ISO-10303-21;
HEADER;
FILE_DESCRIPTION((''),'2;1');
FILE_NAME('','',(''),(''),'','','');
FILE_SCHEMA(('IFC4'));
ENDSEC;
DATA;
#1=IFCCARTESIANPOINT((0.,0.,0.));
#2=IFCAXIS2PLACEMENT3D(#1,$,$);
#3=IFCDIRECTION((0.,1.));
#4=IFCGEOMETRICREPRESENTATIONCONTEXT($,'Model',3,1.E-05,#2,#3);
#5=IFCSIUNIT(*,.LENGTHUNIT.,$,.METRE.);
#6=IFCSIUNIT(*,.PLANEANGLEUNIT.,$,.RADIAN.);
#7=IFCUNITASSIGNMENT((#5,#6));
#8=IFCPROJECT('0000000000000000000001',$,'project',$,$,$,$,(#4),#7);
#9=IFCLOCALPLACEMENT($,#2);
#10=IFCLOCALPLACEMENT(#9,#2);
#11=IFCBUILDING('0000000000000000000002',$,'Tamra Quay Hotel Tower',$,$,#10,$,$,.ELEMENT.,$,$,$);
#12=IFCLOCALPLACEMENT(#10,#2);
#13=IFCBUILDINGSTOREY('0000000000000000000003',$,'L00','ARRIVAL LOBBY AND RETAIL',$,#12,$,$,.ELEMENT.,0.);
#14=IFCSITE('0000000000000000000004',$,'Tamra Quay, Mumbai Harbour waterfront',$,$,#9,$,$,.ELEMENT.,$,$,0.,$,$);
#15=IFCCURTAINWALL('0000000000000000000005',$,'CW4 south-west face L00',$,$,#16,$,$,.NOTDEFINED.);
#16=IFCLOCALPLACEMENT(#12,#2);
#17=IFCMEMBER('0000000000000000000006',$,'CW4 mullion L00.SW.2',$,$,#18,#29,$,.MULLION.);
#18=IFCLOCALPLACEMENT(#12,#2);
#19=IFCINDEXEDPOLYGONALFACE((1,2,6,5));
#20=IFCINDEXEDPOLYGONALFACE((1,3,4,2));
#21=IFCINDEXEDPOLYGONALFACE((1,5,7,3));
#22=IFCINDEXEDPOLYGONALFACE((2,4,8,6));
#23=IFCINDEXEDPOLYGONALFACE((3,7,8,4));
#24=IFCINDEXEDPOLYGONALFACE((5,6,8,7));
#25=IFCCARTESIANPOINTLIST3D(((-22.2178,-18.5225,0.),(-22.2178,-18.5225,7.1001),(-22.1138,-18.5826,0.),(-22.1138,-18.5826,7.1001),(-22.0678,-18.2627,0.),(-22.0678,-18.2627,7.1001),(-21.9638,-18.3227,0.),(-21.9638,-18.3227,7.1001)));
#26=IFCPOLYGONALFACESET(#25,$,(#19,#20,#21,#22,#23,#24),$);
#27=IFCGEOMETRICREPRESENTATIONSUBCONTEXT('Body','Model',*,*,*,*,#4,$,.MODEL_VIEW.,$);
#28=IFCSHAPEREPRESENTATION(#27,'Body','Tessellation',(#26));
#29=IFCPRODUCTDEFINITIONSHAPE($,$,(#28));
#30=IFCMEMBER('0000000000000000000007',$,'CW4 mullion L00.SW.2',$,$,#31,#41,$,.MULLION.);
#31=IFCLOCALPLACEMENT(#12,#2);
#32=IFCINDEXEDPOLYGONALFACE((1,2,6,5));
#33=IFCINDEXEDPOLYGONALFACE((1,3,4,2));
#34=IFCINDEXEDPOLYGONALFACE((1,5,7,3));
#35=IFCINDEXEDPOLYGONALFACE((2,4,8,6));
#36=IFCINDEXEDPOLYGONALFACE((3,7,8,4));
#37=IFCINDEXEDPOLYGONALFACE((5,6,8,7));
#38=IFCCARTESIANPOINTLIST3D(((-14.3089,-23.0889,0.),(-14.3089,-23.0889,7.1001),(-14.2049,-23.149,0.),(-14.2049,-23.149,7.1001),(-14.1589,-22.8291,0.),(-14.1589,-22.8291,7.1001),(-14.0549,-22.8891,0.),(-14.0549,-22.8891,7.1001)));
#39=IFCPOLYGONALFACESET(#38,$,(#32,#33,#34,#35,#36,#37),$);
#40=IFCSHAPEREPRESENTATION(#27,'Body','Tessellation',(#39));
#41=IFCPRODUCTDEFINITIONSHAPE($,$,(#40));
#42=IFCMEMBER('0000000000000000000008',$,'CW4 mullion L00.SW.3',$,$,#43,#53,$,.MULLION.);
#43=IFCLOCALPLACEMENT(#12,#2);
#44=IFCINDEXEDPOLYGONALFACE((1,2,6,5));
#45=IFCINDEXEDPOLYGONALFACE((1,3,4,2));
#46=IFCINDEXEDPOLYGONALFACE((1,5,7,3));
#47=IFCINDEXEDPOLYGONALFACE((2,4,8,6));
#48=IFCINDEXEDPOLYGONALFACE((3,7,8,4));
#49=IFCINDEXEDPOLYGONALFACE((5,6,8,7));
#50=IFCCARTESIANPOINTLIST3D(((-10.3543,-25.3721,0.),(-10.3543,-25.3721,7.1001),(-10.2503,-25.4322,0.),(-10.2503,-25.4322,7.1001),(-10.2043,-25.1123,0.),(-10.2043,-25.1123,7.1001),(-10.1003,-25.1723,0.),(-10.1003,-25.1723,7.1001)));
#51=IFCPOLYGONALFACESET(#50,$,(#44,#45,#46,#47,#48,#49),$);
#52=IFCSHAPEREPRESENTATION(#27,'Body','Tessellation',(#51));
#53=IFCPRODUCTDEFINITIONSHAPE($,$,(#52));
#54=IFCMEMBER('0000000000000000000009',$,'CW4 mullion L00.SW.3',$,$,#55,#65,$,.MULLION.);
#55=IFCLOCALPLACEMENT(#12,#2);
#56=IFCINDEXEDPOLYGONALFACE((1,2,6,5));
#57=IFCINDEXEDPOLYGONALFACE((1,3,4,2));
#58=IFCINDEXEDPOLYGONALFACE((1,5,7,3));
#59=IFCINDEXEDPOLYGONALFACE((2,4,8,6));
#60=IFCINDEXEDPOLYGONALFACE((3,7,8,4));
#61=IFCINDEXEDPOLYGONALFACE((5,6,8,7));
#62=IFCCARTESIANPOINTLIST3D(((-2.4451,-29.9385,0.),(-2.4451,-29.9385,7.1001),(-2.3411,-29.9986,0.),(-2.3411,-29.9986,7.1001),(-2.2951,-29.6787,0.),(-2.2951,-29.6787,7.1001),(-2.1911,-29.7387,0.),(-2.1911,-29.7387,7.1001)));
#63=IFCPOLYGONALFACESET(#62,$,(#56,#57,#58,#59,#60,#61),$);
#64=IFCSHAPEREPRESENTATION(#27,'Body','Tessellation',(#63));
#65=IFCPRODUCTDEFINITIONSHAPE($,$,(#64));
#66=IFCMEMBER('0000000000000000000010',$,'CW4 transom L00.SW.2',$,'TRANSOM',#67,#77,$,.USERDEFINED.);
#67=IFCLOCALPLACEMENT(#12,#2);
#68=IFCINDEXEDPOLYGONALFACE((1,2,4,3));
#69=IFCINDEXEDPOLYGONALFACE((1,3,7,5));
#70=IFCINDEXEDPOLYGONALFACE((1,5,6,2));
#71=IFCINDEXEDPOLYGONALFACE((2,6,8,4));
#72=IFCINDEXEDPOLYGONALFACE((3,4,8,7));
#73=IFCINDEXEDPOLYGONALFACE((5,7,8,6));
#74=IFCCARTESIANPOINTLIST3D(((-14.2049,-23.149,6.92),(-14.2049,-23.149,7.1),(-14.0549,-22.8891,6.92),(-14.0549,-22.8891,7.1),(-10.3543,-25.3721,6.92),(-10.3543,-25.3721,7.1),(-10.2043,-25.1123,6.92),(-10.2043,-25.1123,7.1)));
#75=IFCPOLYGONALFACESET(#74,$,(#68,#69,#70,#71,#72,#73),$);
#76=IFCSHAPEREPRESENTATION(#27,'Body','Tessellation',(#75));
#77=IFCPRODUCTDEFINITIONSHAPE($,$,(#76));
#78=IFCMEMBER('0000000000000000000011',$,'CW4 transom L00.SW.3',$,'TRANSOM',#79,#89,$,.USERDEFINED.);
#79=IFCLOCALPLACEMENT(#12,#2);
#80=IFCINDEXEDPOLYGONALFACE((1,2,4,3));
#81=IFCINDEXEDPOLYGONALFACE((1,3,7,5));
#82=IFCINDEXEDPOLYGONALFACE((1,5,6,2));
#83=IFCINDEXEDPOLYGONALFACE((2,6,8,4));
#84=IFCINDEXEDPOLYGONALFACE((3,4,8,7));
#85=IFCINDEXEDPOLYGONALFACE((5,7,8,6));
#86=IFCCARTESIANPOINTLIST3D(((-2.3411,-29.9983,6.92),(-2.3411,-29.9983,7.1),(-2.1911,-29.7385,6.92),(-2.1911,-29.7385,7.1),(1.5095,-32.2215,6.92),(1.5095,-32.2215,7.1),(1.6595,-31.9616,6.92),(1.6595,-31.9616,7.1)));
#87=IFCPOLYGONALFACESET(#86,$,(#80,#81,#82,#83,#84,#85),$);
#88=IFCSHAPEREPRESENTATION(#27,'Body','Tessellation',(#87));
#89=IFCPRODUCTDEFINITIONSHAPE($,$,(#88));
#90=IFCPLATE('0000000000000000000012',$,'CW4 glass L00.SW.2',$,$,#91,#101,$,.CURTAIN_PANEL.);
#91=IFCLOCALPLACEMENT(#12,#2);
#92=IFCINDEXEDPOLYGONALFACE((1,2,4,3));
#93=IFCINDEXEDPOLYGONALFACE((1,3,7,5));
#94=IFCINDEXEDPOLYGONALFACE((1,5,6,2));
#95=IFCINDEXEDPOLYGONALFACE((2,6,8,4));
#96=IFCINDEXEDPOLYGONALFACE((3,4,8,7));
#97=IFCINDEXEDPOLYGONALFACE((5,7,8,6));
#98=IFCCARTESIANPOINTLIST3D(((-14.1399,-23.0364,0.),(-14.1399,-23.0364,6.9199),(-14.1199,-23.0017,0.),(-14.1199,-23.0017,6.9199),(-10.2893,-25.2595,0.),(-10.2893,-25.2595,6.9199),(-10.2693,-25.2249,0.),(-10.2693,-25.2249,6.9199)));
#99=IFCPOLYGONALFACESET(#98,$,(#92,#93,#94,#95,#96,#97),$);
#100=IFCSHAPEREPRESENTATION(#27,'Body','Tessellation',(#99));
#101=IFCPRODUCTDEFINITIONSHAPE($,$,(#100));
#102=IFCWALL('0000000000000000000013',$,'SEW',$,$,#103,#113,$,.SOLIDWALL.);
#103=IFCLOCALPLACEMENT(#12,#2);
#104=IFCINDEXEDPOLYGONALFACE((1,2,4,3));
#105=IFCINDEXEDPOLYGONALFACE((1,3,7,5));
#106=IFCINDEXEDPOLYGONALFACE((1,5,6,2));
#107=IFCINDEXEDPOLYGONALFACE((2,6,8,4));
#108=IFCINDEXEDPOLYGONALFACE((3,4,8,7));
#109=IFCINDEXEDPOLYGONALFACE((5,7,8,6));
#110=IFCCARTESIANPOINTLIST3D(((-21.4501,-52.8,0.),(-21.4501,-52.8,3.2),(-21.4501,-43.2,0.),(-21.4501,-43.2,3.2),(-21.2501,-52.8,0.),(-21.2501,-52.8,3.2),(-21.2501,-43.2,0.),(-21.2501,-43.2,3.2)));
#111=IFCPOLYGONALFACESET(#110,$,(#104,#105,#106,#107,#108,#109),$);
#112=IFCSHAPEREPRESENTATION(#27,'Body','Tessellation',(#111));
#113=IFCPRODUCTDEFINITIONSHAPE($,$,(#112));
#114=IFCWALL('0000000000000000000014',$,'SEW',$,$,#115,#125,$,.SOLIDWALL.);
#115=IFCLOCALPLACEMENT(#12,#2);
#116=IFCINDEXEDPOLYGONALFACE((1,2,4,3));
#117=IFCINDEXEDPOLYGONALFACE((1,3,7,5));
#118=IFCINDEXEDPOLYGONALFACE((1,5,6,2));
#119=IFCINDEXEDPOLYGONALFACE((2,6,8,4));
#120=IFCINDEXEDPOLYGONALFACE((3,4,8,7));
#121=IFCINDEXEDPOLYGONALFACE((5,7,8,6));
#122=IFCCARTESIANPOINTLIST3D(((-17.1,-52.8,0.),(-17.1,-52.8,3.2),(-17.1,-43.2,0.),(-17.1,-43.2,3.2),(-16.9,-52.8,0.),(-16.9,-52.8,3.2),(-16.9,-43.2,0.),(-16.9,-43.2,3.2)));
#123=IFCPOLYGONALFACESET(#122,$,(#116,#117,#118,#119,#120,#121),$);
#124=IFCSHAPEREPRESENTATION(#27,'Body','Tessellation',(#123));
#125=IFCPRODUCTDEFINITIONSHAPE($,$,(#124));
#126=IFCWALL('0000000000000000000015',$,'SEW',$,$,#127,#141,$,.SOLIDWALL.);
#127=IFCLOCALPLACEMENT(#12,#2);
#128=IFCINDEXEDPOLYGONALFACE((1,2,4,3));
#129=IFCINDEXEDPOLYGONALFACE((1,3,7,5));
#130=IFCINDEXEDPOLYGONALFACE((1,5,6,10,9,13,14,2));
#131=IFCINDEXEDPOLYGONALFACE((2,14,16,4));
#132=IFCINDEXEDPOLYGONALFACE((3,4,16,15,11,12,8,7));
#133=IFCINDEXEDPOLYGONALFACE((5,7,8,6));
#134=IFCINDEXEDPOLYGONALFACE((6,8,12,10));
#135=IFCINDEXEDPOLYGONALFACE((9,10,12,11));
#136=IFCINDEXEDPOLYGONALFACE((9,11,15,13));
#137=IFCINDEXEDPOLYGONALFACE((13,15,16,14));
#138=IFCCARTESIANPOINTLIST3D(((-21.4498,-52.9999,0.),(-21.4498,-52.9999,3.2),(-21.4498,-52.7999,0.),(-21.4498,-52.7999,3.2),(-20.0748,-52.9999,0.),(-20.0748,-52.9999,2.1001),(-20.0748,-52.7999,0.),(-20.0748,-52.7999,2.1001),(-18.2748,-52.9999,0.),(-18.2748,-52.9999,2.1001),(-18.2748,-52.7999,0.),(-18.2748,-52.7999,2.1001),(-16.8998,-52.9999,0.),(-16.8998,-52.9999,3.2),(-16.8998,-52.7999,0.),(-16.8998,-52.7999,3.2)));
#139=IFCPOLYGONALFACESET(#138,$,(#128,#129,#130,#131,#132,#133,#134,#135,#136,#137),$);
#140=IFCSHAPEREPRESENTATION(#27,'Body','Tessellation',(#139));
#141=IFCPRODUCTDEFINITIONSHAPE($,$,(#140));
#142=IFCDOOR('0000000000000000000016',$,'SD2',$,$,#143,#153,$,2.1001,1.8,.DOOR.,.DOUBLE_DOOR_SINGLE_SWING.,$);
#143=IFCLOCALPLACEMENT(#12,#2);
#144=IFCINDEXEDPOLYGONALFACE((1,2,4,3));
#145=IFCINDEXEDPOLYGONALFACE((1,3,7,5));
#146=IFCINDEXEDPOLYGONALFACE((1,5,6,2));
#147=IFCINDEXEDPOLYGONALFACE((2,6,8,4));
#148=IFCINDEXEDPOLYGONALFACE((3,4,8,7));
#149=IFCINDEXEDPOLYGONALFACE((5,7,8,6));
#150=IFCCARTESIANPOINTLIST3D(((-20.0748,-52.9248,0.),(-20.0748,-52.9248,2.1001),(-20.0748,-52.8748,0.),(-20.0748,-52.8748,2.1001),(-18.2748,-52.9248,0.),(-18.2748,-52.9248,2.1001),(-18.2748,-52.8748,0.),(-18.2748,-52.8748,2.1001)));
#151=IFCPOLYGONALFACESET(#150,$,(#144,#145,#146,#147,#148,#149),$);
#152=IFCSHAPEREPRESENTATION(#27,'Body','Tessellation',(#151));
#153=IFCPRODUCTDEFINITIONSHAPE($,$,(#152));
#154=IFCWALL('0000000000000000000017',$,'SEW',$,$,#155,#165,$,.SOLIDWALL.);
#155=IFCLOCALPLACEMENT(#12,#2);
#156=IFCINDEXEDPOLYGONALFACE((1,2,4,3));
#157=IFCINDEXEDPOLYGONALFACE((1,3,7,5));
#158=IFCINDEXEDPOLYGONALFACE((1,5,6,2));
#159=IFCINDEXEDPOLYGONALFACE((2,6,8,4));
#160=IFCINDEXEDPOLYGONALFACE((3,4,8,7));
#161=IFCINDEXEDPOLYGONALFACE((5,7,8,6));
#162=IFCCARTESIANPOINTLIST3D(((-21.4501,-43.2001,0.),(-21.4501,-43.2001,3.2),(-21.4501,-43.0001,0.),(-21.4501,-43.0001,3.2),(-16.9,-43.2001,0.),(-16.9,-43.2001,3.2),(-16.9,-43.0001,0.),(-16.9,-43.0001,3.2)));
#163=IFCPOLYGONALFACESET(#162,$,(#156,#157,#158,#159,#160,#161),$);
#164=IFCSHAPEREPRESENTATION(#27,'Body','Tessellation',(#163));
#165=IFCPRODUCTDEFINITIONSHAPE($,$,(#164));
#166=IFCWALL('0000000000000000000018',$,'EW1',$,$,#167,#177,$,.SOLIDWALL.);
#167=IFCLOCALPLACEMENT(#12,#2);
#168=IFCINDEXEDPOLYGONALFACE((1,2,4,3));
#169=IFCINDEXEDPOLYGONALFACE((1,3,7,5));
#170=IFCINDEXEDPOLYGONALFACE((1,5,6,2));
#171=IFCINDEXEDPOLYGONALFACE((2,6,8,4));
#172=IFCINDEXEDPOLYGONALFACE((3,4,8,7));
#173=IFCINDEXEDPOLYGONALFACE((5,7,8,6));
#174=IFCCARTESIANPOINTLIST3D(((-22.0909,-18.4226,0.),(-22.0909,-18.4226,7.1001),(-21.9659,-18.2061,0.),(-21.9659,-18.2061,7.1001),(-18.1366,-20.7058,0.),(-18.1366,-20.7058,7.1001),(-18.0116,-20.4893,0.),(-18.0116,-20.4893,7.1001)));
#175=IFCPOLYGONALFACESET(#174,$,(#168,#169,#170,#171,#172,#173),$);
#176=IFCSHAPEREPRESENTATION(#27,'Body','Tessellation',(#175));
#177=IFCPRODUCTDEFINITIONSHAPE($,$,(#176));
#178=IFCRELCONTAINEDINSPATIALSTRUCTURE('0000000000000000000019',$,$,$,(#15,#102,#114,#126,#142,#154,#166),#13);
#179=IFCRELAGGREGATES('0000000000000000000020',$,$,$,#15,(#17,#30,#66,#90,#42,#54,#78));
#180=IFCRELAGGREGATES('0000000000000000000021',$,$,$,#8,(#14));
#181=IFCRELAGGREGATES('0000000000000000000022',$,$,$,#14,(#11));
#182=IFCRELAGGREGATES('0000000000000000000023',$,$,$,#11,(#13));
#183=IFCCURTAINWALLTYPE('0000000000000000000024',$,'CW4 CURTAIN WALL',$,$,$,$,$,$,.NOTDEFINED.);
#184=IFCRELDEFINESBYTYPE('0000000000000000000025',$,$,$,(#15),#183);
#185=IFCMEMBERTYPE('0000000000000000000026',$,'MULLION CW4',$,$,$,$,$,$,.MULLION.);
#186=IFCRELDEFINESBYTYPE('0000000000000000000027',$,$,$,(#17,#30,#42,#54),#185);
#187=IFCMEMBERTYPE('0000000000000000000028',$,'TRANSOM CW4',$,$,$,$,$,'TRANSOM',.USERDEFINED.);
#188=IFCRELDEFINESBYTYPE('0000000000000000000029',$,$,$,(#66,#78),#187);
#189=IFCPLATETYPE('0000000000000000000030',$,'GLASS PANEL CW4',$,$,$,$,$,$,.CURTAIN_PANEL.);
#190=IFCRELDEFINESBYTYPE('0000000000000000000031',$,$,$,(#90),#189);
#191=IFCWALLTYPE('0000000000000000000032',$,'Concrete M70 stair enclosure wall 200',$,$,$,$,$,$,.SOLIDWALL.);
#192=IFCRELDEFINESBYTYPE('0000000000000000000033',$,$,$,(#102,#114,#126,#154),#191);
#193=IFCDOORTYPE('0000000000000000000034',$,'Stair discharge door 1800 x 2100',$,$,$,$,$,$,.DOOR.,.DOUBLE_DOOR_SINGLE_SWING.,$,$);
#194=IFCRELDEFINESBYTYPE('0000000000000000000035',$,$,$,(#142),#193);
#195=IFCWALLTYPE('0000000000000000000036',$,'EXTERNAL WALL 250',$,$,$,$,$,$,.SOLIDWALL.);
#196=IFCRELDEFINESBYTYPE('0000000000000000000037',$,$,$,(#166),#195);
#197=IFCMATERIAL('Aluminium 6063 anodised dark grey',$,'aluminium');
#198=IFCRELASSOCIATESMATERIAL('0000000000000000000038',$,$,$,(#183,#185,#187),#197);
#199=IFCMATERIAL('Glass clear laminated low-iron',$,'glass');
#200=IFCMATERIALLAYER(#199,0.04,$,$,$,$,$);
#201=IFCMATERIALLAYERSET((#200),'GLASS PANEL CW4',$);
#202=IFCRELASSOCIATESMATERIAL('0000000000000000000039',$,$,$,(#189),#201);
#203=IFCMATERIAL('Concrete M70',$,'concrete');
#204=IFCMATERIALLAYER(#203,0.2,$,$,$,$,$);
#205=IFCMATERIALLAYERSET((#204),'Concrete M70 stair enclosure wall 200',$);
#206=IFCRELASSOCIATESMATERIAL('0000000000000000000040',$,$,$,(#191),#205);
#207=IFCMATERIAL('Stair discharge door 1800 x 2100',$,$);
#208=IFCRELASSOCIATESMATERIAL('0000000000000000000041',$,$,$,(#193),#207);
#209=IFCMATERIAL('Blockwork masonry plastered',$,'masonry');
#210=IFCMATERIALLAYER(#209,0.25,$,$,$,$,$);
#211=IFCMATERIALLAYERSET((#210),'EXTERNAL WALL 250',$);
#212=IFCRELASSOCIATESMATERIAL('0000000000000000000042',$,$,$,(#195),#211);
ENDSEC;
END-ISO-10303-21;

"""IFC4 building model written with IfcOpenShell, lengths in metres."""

from ifc_helpers import new_model, si_unit, direction, frame, frame_2d, origin, origin_2d, place, context, subcontext, project, spatial, rectangle, extrude, material, layer, layer_set, material_profile, profile_set, type_object, element, fill, aggregate, save


model = new_model("IFC4")

# Units and contexts
model_context = context("Model", 3, precision=1e-05, world=origin(), true_north=direction((0.0, 1.0)))
body_context = subcontext(model_context, "Body", "Model", "MODEL_VIEW")
ifc_project = project(units=[si_unit("LENGTHUNIT", "METRE"), si_unit("PLANEANGLEUNIT", "RADIAN")], contexts=[model_context])

# Site, building, storey
site_placement = place(None, origin())
site = spatial("IfcSite", under=ifc_project, at=site_placement, Name="Tamra Quay, Mumbai Harbour waterfront", CompositionType="ELEMENT", RefElevation=0.0)
building_placement = place(site_placement, origin())
building = spatial("IfcBuilding", under=site, at=building_placement, Name="Tamra Quay Hotel Tower", CompositionType="ELEMENT")
storey_placement = place(building_placement, origin())
storey = spatial("IfcBuildingStorey", under=building, at=storey_placement, Name="L00", Description="ARRIVAL LOBBY AND RETAIL", CompositionType="ELEMENT", Elevation=0.0)

# Curtain wall, members, plate
ifc_material_1 = material(Name="Aluminium 6063 anodised dark grey", Category="aluminium")
curtain_wall_type = type_object("IfcCurtainWallType", Name="CW4 CURTAIN WALL", PredefinedType="NOTDEFINED", material=ifc_material_1)
curtain_wall_placement = place(storey_placement, origin())
curtain_wall = element("IfcCurtainWall", 1, at=curtain_wall_placement, inside=storey, type_object=curtain_wall_type, Name="CW4 south-west face L00", PredefinedType="NOTDEFINED")
ifc_material_profile_1 = material_profile(ifc_material_1, rectangle(XDim=0.3, YDim=0.1201, at=origin_2d()), Name="MULLION 120X300")
ifc_profile_set_1 = profile_set([ifc_material_profile_1], Name="Aluminium 6063 anodised dark grey")
member_type_1 = type_object("IfcMemberType", Name="MULLION CW4", PredefinedType="MULLION", material=ifc_profile_set_1)
member_1_placement = place(storey_placement, frame((-22.0908, -18.4226, 0.0), z_axis=(0.0, 0.0, 1.0), x_axis=(-0.5, -0.866025, 0.0)))
member_1 = element("IfcMember", 2, at=member_1_placement, type_object=member_type_1, Name="CW4 mullion L00.SW.2", PredefinedType="MULLION", context=body_context, shape_type="SweptSolid", body=[
    extrude(rectangle(XDim=0.3, YDim=0.1201, at=origin_2d()), origin(), (0.0, 0.0, 1.0), 7.1001),
])
member_2_placement = place(storey_placement, frame((-14.1819, -22.989, 0.0), z_axis=(0.0, 0.0, 1.0), x_axis=(-0.5, -0.866025, 0.0)))
member_2 = element("IfcMember", 3, at=member_2_placement, type_object=member_type_1, Name="CW4 mullion L00.SW.2", PredefinedType="MULLION", context=body_context, shape_type="SweptSolid", body=[
    extrude(rectangle(XDim=0.3, YDim=0.1201, at=origin_2d()), origin(), (0.0, 0.0, 1.0), 7.1001),
])
member_3_placement = place(storey_placement, frame((-10.2273, -25.2722, 0.0), z_axis=(0.0, 0.0, 1.0), x_axis=(-0.5, -0.866025, 0.0)))
member_3 = element("IfcMember", 4, at=member_3_placement, type_object=member_type_1, Name="CW4 mullion L00.SW.3", PredefinedType="MULLION", context=body_context, shape_type="SweptSolid", body=[
    extrude(rectangle(XDim=0.3, YDim=0.1201, at=origin_2d()), origin(), (0.0, 0.0, 1.0), 7.1001),
])
member_4_placement = place(storey_placement, frame((-2.3181, -29.8386, 0.0), z_axis=(0.0, 0.0, 1.0), x_axis=(-0.5, -0.866025, 0.0)))
member_4 = element("IfcMember", 5, at=member_4_placement, type_object=member_type_1, Name="CW4 mullion L00.SW.3", PredefinedType="MULLION", context=body_context, shape_type="SweptSolid", body=[
    extrude(rectangle(XDim=0.3, YDim=0.1201, at=origin_2d()), origin(), (0.0, 0.0, 1.0), 7.1001),
])
ifc_material_profile_2 = material_profile(ifc_material_1, rectangle(XDim=0.3, YDim=0.1799, at=origin_2d()), Name="TRANSOM 300X180")
ifc_profile_set_2 = profile_set([ifc_material_profile_2], Name="Aluminium 6063 anodised dark grey")
member_type_2 = type_object("IfcMemberType", Name="TRANSOM CW4", ElementType="TRANSOM", PredefinedType="USERDEFINED", material=ifc_profile_set_2)
member_5_placement = place(storey_placement, frame((-14.1299, -23.019, 7.01), z_axis=(0.866025, -0.500001, 0.0), x_axis=(0.500001, 0.866025, 0.0)))
member_5 = element("IfcMember", 6, at=member_5_placement, type_object=member_type_2, Name="CW4 transom L00.SW.2", ObjectType="TRANSOM", PredefinedType="USERDEFINED", context=body_context, shape_type="SweptSolid", body=[
    extrude(rectangle(XDim=0.3, YDim=0.1799, at=origin_2d()), origin(), (0.0, 0.0, 1.0), 4.4463),
])
member_6_placement = place(storey_placement, frame((-2.2661, -29.8684, 7.01), z_axis=(0.866025, -0.500001, 0.0), x_axis=(0.500001, 0.866025, 0.0)))
member_6 = element("IfcMember", 7, at=member_6_placement, type_object=member_type_2, Name="CW4 transom L00.SW.3", ObjectType="TRANSOM", PredefinedType="USERDEFINED", context=body_context, shape_type="SweptSolid", body=[
    extrude(rectangle(XDim=0.3, YDim=0.1799, at=origin_2d()), origin(), (0.0, 0.0, 1.0), 4.4463),
])
ifc_material_2 = material(Name="Glass clear laminated low-iron", Category="glass")
ifc_layer_1 = layer(ifc_material_2, 0.04)
ifc_layer_set_1 = layer_set([ifc_layer_1], Name="GLASS PANEL CW4")
plate_type = type_object("IfcPlateType", Name="GLASS PANEL CW4", PredefinedType="CURTAIN_PANEL", material=ifc_layer_set_1)
plate_placement = place(storey_placement, frame((-12.2046, -24.1306, 0.0), z_axis=(0.0, 0.0, 1.0), x_axis=(0.866025, -0.5, 0.0)))
plate = element("IfcPlate", 8, at=plate_placement, type_object=plate_type, Name="CW4 glass L00.SW.2", PredefinedType="CURTAIN_PANEL", context=body_context, shape_type="SweptSolid", body=[
    extrude(rectangle(XDim=4.4463, YDim=0.04, at=origin_2d()), origin(), (0.0, 0.0, 1.0), 6.9199),
])
aggregate(curtain_wall, [member_1, member_2, member_5, plate, member_3, member_4, member_6])

# Walls
ifc_material_3 = material(Name="Concrete M70", Category="concrete")
ifc_layer_2 = layer(ifc_material_3, 0.2)
ifc_layer_set_2 = layer_set([ifc_layer_2], Name="Concrete M70 stair enclosure wall 200")
wall_type_1 = type_object("IfcWallType", Name="Concrete M70 stair enclosure wall 200", PredefinedType="SOLIDWALL", material=ifc_layer_set_2)
for number, where, z_axis, x_axis, name in (
    (9, (-21.3501, -52.8, 0.0), (0.0, 0.0, 1.0), (0.0, 1.0, 0.0), "SEW"),
    (10, (-17.0, -52.8, 0.0), (0.0, 0.0, 1.0), (0.0, 1.0, 0.0), "SEW"),
):
    element("IfcWall", number, at=place(storey_placement, frame(where, z_axis=z_axis, x_axis=x_axis)), inside=storey, type_object=wall_type_1, Name=name, PredefinedType="SOLIDWALL", context=body_context, shape_type="SweptSolid", body=[
        extrude(rectangle(XDim=9.6001, YDim=0.2, at=frame_2d((4.8, 0.0))), origin(), (0.0, 0.0, 1.0), 3.2),
    ])

# Wall, opening, door
wall_1_placement = place(storey_placement, frame((-16.8999, -52.8999, 0.0), z_axis=(0.0, 0.0, 1.0), x_axis=(-1.0, 0.0, 0.0)))
wall_1 = element("IfcWall", 11, at=wall_1_placement, inside=storey, type_object=wall_type_1, Name="SEW", PredefinedType="SOLIDWALL", context=body_context, shape_type="SweptSolid", body=[
    extrude(rectangle(XDim=4.55, YDim=0.2, at=frame_2d((2.2749, 0.0))), origin(), (0.0, 0.0, 1.0), 3.2),
])
opening_1_placement = place(wall_1_placement, frame((1.375, 0.0, 0.0)))
opening_1 = element("IfcOpeningElement", 12, at=opening_1_placement, cuts=wall_1, PredefinedType="OPENING", context=body_context, shape_type="SweptSolid", body=[
    extrude(rectangle(XDim=1.8, YDim=2.1001, at=frame_2d((0.8999, 1.05))), frame((0.0, 0.1099, 0.0), z_axis=(0.0, -1.0, 0.0), x_axis=(1.0, 0.0, 0.0)), (0.0, 0.0, 1.0), 0.22),
])
ifc_material_4 = material(Name="Stair discharge door 1800 x 2100")
door_type_1 = type_object("IfcDoorType", Name="Stair discharge door 1800 x 2100", OperationType="DOUBLE_DOOR_SINGLE_SWING", PredefinedType="DOOR", material=ifc_material_4)
door_1_placement = place(opening_1_placement, origin())
door_1 = element("IfcDoor", 13, at=door_1_placement, inside=storey, type_object=door_type_1, Name="SD2", OperationType="DOUBLE_DOOR_SINGLE_SWING", OverallHeight=2.1001, OverallWidth=1.8, PredefinedType="DOOR", context=body_context, shape_type="SweptSolid", body=[
    extrude(rectangle(XDim=1.8, YDim=2.1001, at=frame_2d((0.8999, 1.05))), frame((0.0, 0.0249, 0.0), z_axis=(0.0, -1.0, 0.0), x_axis=(1.0, 0.0, 0.0)), (0.0, 0.0, 1.0), 0.05),
])
fill(opening_1, door_1)

# Walls
wall_2_placement = place(storey_placement, frame((-21.45, -43.1001, 0.0), z_axis=(0.0, 0.0, 1.0), x_axis=(1.0, 0.0, 0.0)))
element("IfcWall", 14, at=wall_2_placement, inside=storey, type_object=wall_type_1, Name="SEW", PredefinedType="SOLIDWALL", context=body_context, shape_type="SweptSolid", body=[
    extrude(rectangle(XDim=4.55, YDim=0.2, at=frame_2d((2.2749, 0.0))), origin(), (0.0, 0.0, 1.0), 3.2),
])
ifc_material_5 = material(Name="Blockwork masonry plastered", Category="masonry")
ifc_layer_3 = layer(ifc_material_5, 0.25)
ifc_layer_set_3 = layer_set([ifc_layer_3], Name="EXTERNAL WALL 250")
wall_type_2 = type_object("IfcWallType", Name="EXTERNAL WALL 250", PredefinedType="SOLIDWALL", material=ifc_layer_set_3)
wall_3_placement = place(storey_placement, frame((-18.074, -20.5977, 0.0), z_axis=(0.0, 0.0, 1.0), x_axis=(-0.86601, 0.500026, 0.0)))
element("IfcWall", 15, at=wall_3_placement, inside=storey, type_object=wall_type_2, Name="EW1", PredefinedType="SOLIDWALL", context=body_context, shape_type="SweptSolid", body=[
    extrude(rectangle(XDim=4.5662, YDim=0.25, at=frame_2d((2.2832, 0.0))), origin(), (0.0, 0.0, 1.0), 7.1001),
])

save(model, "model.ifc")
